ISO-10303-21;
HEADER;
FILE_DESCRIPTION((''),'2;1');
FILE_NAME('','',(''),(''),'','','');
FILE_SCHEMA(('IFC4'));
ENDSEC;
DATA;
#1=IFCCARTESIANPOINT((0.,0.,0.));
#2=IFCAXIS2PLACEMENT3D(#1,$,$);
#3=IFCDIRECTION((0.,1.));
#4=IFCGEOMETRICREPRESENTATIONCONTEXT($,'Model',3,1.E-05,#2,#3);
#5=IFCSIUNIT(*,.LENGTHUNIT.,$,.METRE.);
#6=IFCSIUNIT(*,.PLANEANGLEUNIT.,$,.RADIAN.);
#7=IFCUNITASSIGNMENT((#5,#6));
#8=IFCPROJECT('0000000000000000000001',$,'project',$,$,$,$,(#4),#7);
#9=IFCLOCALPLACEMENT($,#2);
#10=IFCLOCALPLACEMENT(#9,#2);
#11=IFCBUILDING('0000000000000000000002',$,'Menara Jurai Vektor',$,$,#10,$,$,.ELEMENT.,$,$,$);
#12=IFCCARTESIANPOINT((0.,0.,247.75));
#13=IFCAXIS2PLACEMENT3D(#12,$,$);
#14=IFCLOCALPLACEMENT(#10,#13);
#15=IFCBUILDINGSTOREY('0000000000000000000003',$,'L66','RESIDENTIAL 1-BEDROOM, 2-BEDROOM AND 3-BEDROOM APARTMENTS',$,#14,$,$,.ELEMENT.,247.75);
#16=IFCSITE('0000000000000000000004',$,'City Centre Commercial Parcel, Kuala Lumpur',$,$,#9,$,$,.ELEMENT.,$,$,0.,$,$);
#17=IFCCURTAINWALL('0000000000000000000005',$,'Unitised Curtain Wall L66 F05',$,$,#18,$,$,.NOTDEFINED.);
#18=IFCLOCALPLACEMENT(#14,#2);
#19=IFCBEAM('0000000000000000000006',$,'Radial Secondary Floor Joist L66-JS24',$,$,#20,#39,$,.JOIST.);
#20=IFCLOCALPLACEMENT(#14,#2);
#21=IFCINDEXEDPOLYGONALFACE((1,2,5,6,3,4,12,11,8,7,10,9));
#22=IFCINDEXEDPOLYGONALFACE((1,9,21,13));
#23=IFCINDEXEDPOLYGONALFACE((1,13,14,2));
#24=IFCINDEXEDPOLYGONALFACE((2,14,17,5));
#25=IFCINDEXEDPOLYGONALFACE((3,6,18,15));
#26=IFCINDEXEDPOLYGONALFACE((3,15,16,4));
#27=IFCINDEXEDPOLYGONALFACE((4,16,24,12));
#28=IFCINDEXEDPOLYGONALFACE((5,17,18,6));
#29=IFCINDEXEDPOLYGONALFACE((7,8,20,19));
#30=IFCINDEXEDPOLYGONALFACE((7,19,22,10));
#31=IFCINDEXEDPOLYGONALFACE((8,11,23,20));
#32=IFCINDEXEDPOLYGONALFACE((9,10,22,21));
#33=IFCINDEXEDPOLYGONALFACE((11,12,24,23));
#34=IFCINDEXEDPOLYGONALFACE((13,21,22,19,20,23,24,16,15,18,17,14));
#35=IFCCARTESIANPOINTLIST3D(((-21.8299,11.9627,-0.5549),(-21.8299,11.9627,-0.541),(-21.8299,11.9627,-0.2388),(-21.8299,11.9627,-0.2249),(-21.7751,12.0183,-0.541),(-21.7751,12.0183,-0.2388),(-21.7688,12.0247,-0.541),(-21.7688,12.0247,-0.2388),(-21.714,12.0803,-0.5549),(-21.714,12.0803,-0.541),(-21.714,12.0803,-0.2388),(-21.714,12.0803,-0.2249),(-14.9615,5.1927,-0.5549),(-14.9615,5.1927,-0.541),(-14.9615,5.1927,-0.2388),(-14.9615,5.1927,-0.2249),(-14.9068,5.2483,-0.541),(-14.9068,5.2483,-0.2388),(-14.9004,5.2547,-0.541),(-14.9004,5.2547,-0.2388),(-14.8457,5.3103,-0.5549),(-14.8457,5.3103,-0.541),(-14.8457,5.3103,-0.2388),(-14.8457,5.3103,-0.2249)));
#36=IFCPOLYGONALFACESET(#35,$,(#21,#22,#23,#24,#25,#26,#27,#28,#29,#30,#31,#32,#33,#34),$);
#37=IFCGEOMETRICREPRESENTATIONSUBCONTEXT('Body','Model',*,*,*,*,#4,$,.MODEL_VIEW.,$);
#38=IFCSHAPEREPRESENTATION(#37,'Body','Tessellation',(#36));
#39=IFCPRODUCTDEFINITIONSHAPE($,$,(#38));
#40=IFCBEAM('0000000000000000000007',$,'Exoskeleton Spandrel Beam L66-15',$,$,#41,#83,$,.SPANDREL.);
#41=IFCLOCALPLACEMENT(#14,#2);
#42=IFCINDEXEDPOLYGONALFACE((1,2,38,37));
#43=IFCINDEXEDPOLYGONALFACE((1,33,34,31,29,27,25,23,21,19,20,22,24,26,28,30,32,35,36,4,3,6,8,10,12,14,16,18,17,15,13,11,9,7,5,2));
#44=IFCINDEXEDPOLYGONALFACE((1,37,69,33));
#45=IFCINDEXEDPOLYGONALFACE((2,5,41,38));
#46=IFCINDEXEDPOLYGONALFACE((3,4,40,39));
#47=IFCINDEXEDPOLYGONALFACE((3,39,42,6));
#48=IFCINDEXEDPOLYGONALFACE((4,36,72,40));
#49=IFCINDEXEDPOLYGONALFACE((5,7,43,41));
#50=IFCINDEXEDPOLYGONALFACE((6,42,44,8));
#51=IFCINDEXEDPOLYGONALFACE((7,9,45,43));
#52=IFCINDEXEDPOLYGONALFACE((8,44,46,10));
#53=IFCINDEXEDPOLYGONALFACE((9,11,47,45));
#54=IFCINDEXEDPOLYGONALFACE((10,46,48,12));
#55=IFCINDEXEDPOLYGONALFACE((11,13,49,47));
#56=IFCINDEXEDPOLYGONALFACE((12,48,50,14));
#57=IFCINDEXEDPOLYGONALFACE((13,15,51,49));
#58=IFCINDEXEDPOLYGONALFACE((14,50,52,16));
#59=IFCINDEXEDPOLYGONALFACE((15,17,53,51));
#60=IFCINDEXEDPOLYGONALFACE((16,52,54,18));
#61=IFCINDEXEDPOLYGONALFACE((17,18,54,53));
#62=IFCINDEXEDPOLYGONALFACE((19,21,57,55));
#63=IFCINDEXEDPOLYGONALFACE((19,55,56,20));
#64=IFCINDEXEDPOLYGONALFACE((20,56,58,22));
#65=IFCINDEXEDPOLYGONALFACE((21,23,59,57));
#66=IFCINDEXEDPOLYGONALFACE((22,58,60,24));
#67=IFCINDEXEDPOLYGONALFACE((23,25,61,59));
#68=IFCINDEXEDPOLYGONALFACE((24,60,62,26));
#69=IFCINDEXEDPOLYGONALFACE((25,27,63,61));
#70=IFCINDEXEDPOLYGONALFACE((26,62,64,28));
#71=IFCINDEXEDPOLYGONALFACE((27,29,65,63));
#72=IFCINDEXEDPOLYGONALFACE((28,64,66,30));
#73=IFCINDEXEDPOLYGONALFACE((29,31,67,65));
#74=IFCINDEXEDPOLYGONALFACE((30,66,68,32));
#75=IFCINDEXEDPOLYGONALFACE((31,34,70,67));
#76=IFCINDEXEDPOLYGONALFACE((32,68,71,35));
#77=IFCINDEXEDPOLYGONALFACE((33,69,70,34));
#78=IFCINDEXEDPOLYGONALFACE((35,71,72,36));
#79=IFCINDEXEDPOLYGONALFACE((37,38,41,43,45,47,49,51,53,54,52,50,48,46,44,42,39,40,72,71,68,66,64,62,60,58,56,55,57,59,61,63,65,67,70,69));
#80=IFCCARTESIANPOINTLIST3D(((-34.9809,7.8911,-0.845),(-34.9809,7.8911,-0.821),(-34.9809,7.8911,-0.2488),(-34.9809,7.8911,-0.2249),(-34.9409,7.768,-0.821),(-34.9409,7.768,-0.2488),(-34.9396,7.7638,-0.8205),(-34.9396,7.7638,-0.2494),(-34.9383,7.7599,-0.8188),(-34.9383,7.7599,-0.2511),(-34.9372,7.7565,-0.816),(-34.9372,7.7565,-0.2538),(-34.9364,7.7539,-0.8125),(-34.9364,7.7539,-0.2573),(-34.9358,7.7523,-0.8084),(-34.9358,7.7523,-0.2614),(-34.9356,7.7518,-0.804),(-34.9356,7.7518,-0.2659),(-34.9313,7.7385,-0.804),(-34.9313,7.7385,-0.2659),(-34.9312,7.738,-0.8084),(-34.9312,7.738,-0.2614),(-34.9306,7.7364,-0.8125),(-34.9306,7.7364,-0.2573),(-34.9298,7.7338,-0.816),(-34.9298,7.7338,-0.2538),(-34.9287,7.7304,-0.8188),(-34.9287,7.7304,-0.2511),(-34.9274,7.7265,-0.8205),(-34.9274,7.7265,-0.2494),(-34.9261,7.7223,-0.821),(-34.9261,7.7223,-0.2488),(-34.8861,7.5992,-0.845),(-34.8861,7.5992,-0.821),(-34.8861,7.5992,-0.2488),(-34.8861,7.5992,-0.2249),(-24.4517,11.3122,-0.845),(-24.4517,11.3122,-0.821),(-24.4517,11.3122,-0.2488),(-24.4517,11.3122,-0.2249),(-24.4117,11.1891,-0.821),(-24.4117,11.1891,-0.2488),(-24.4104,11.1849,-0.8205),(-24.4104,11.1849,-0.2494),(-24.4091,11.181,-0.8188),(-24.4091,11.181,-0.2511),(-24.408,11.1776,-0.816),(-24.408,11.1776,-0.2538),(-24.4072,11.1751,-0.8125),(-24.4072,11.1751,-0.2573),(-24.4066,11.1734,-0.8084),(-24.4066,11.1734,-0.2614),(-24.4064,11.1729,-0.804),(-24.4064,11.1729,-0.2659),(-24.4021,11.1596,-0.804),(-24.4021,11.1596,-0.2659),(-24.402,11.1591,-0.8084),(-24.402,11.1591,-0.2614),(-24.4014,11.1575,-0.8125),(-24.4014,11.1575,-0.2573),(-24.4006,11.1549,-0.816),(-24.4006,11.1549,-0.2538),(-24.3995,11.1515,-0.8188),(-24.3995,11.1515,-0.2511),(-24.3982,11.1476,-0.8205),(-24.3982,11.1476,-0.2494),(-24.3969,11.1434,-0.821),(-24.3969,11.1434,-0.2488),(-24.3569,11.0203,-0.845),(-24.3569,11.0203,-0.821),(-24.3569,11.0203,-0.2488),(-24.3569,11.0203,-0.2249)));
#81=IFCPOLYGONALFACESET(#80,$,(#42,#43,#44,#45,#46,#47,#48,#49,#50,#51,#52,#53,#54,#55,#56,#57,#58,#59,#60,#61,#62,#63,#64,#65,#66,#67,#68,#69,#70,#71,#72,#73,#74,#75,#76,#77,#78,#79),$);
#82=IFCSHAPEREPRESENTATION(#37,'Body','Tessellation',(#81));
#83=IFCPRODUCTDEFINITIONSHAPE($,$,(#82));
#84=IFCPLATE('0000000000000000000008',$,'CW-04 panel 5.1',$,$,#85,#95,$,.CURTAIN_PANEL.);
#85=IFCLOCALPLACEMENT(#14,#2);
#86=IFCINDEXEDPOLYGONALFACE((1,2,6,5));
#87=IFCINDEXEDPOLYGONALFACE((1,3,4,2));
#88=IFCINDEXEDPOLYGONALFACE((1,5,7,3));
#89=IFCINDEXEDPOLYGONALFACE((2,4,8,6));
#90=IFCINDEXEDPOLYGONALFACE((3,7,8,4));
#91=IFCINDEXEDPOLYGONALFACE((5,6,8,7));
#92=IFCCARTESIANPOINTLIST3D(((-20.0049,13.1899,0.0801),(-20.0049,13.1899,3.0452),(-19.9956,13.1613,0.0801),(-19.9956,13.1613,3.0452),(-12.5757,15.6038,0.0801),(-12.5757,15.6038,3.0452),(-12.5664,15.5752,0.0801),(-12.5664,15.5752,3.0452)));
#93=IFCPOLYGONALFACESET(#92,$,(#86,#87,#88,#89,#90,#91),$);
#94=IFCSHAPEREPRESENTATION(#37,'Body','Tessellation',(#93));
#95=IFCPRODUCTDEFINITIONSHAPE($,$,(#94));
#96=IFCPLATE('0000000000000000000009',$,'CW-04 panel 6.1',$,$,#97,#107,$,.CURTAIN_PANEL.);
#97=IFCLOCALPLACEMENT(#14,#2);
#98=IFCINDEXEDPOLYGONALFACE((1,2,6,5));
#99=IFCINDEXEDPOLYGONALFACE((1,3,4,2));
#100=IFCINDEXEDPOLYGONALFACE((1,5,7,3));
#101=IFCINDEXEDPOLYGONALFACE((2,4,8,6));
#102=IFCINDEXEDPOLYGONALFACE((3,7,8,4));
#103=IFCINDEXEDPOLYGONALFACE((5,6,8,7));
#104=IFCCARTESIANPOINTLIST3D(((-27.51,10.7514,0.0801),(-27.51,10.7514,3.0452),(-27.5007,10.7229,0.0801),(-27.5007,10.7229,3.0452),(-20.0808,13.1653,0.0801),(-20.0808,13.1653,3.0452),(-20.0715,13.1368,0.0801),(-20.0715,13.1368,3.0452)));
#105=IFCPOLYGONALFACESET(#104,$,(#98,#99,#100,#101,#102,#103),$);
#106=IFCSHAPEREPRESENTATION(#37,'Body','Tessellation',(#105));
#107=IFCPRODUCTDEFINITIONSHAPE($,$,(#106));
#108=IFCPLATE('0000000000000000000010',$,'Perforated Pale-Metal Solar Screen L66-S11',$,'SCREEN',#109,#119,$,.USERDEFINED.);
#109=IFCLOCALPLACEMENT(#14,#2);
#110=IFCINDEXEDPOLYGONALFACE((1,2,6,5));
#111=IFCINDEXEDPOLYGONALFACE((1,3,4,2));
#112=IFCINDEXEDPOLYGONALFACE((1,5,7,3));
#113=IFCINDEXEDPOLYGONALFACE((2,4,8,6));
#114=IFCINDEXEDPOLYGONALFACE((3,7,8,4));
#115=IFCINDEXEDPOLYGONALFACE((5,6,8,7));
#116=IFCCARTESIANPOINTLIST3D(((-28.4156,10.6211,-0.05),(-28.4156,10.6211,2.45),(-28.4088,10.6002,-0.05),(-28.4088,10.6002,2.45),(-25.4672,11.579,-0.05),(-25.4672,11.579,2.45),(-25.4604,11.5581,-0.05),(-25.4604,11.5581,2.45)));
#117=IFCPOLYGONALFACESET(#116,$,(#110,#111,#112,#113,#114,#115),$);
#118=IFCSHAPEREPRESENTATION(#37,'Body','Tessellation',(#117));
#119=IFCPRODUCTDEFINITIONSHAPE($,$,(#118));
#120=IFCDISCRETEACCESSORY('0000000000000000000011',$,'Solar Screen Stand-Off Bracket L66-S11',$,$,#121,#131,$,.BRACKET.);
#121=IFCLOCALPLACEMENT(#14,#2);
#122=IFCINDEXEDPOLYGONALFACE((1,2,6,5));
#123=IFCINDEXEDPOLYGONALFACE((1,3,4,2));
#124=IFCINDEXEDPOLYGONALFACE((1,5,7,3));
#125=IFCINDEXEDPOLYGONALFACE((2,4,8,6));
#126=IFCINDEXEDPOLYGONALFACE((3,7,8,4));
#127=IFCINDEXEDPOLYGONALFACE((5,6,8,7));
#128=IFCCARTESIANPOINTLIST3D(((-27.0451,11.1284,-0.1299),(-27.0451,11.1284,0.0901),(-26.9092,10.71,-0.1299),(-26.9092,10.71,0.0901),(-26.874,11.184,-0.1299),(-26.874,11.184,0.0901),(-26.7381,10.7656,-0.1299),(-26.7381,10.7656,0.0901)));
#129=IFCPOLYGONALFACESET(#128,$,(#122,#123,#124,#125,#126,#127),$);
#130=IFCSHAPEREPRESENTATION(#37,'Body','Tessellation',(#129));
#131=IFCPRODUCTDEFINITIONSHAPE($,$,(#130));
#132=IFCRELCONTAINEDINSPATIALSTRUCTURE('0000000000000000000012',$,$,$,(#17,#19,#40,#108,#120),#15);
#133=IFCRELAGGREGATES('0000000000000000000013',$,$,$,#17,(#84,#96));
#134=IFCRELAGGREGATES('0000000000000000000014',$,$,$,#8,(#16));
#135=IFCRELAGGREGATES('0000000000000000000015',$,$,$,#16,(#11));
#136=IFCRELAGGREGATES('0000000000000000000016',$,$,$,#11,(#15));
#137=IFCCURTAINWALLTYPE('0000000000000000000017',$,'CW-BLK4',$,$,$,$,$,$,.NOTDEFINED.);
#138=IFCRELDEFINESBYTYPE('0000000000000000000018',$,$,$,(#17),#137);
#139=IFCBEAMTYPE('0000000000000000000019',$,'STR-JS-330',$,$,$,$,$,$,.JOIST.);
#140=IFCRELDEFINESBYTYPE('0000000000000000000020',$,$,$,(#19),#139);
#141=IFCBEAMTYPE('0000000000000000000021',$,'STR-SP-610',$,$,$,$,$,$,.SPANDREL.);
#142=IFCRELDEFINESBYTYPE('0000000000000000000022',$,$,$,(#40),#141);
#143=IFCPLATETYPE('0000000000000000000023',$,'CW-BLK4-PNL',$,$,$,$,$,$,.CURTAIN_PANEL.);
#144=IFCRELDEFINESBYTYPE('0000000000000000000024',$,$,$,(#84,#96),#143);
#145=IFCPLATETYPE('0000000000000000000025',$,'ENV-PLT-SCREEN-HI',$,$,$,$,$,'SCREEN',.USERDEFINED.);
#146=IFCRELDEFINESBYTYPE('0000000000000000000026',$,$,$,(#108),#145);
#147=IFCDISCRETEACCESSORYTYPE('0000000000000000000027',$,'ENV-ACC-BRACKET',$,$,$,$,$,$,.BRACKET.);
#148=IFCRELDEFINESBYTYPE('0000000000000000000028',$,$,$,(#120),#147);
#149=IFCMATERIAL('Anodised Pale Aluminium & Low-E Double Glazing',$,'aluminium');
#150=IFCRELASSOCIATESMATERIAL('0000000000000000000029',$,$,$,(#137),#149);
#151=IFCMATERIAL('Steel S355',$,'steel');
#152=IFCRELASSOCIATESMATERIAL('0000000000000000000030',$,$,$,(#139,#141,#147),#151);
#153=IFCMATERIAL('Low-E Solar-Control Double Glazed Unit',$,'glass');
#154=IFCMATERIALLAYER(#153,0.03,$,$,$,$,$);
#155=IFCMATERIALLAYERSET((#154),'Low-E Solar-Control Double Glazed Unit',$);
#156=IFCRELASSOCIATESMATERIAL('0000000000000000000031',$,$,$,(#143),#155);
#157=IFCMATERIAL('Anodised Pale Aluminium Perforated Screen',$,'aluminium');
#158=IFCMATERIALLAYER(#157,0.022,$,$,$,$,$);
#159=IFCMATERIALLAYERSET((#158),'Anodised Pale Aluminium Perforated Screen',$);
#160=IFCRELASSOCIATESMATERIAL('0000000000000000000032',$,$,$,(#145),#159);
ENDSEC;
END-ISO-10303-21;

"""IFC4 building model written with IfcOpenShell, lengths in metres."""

from ifc_helpers import new_model, si_unit, direction, frame, origin, origin_2d, place, context, subcontext, project, spatial, rectangle, i_section, extrude, material, layer, layer_set, material_profile, profile_set, type_object, element, aggregate, save


model = new_model("IFC4")

# Units and contexts
model_context = context("Model", 3, precision=1e-05, world=origin(), true_north=direction((0.0, 1.0)))
body_context = subcontext(model_context, "Body", "Model", "MODEL_VIEW")
ifc_project = project(units=[si_unit("LENGTHUNIT", "METRE"), si_unit("PLANEANGLEUNIT", "RADIAN")], contexts=[model_context])

# Site, building, storey
site_placement = place(None, origin())
site = spatial("IfcSite", under=ifc_project, at=site_placement, Name="City Centre Commercial Parcel, Kuala Lumpur", CompositionType="ELEMENT", RefElevation=0.0)
building_placement = place(site_placement, origin())
building = spatial("IfcBuilding", under=site, at=building_placement, Name="Menara Jurai Vektor", CompositionType="ELEMENT")
storey_placement = place(building_placement, frame((0.0, 0.0, 247.75)))
storey = spatial("IfcBuildingStorey", under=building, at=storey_placement, Name="L66", Description="RESIDENTIAL 1-BEDROOM, 2-BEDROOM AND 3-BEDROOM APARTMENTS", CompositionType="ELEMENT", Elevation=247.75)

# Curtain wall
ifc_material_1 = material(Name="Anodised Pale Aluminium & Low-E Double Glazing", Category="aluminium")
curtain_wall_type = type_object("IfcCurtainWallType", Name="CW-BLK4", PredefinedType="NOTDEFINED", material=ifc_material_1)
curtain_wall_placement = place(storey_placement, origin())
curtain_wall = element("IfcCurtainWall", 1, at=curtain_wall_placement, inside=storey, type_object=curtain_wall_type, Name="Unitised Curtain Wall L66 F05", PredefinedType="NOTDEFINED")

# Beams
ifc_material_2 = material(Name="Steel S355", Category="steel")
ifc_material_profile_1 = material_profile(ifc_material_2, i_section(OverallWidth=0.165, OverallDepth=0.3301, WebThickness=0.009, FlangeThickness=0.0139, at=origin_2d()), Name="PG 330x165x46")
ifc_profile_set_1 = profile_set([ifc_material_profile_1], Name="Steel S355")
beam_type_1 = type_object("IfcBeamType", Name="STR-JS-330", PredefinedType="JOIST", material=ifc_profile_set_1)
beam_1_placement = place(storey_placement, frame((-21.772, 12.0215, -0.3899), z_axis=(0.712189, -0.701987, 0.0), x_axis=(0.701987, 0.712189, 0.0)))
element("IfcBeam", 2, at=beam_1_placement, inside=storey, type_object=beam_type_1, Name="Radial Secondary Floor Joist L66-JS24", PredefinedType="JOIST", context=body_context, shape_type="SweptSolid", body=[
    extrude(i_section(OverallWidth=0.165, OverallDepth=0.3301, WebThickness=0.009, FlangeThickness=0.0139, at=origin_2d()), origin(), (0.0, 0.0, 1.0), 9.644),
])
ifc_material_profile_2 = material_profile(ifc_material_2, i_section(OverallWidth=0.3069, OverallDepth=0.6201, WebThickness=0.0139, FlangeThickness=0.0239, FilletRadius=0.0171, at=origin_2d()), Name="UKB 610x305x179")
ifc_profile_set_2 = profile_set([ifc_material_profile_2], Name="Steel S355")
beam_type_2 = type_object("IfcBeamType", Name="STR-SP-610", PredefinedType="SPANDREL", material=ifc_profile_set_2)
beam_2_placement = place(storey_placement, frame((-24.4043, 11.1663, -0.5349), z_axis=(-0.951057, -0.309014, 0.0), x_axis=(0.309014, -0.951057, 0.0)))
element("IfcBeam", 3, at=beam_2_placement, inside=storey, type_object=beam_type_2, Name="Exoskeleton Spandrel Beam L66-15", PredefinedType="SPANDREL", context=body_context, shape_type="SweptSolid", body=[
    extrude(i_section(OverallWidth=0.3069, OverallDepth=0.6201, WebThickness=0.0139, FlangeThickness=0.0239, FilletRadius=0.0171, at=origin_2d()), origin(), (0.0, 0.0, 1.0), 11.071),
])

# Plates
ifc_material_3 = material(Name="Low-E Solar-Control Double Glazed Unit", Category="glass")
ifc_layer_1 = layer(ifc_material_3, 0.03)
ifc_layer_set_1 = layer_set([ifc_layer_1], Name="Low-E Solar-Control Double Glazed Unit")
plate_type_1 = type_object("IfcPlateType", Name="CW-BLK4-PNL", PredefinedType="CURTAIN_PANEL", material=ifc_layer_set_1)
plate_1_placement = place(storey_placement, frame((-16.2856, 14.3826, 0.0801), z_axis=(0.0, 0.0, 1.0), x_axis=(-0.951056, -0.309017, 0.0)))
plate_1 = element("IfcPlate", 4, at=plate_1_placement, type_object=plate_type_1, Name="CW-04 panel 5.1", PredefinedType="CURTAIN_PANEL", context=body_context, shape_type="SweptSolid", body=[
    extrude(rectangle(XDim=7.8115, YDim=0.03, at=origin_2d()), origin(), (0.0, 0.0, 1.0), 2.9651),
])
plate_2_placement = place(storey_placement, frame((-23.7908, 11.9441, 0.0801), z_axis=(0.0, 0.0, 1.0), x_axis=(-0.951056, -0.309017, 0.0)))
plate_2 = element("IfcPlate", 5, at=plate_2_placement, type_object=plate_type_1, Name="CW-04 panel 6.1", PredefinedType="CURTAIN_PANEL", context=body_context, shape_type="SweptSolid", body=[
    extrude(rectangle(XDim=7.8115, YDim=0.03, at=origin_2d()), origin(), (0.0, 0.0, 1.0), 2.9651),
])
aggregate(curtain_wall, [plate_1, plate_2])
ifc_material_4 = material(Name="Anodised Pale Aluminium Perforated Screen", Category="aluminium")
ifc_layer_2 = layer(ifc_material_4, 0.022)
ifc_layer_set_2 = layer_set([ifc_layer_2], Name="Anodised Pale Aluminium Perforated Screen")
plate_type_2 = type_object("IfcPlateType", Name="ENV-PLT-SCREEN-HI", ElementType="SCREEN", PredefinedType="USERDEFINED", material=ifc_layer_set_2)
plate_3_placement = place(storey_placement, frame((-26.938, 11.0896, -0.05), z_axis=(0.0, 0.0, 1.0), x_axis=(-0.951057, -0.309017, 0.0)))
element("IfcPlate", 6, at=plate_3_placement, inside=storey, type_object=plate_type_2, Name="Perforated Pale-Metal Solar Screen L66-S11", ObjectType="SCREEN", PredefinedType="USERDEFINED", context=body_context, shape_type="SweptSolid", body=[
    extrude(rectangle(XDim=3.1001, YDim=0.022, at=origin_2d()), origin(), (0.0, 0.0, 1.0), 2.5),
])

# Discrete accessory
discrete_accessory_type = type_object("IfcDiscreteAccessoryType", Name="ENV-ACC-BRACKET", PredefinedType="BRACKET", material=ifc_material_2)
discrete_accessory_placement = place(storey_placement, frame((-26.8916, 10.947, -0.1299), z_axis=(0.0, 0.0, 1.0), x_axis=(-0.951057, -0.309017, 0.0)))
element("IfcDiscreteAccessory", 7, at=discrete_accessory_placement, inside=storey, type_object=discrete_accessory_type, Name="Solar Screen Stand-Off Bracket L66-S11", PredefinedType="BRACKET", context=body_context, shape_type="SweptSolid", body=[
    extrude(rectangle(XDim=0.1799, YDim=0.4399, at=origin_2d()), origin(), (0.0, 0.0, 1.0), 0.22),
])

save(model, "model.ifc")
